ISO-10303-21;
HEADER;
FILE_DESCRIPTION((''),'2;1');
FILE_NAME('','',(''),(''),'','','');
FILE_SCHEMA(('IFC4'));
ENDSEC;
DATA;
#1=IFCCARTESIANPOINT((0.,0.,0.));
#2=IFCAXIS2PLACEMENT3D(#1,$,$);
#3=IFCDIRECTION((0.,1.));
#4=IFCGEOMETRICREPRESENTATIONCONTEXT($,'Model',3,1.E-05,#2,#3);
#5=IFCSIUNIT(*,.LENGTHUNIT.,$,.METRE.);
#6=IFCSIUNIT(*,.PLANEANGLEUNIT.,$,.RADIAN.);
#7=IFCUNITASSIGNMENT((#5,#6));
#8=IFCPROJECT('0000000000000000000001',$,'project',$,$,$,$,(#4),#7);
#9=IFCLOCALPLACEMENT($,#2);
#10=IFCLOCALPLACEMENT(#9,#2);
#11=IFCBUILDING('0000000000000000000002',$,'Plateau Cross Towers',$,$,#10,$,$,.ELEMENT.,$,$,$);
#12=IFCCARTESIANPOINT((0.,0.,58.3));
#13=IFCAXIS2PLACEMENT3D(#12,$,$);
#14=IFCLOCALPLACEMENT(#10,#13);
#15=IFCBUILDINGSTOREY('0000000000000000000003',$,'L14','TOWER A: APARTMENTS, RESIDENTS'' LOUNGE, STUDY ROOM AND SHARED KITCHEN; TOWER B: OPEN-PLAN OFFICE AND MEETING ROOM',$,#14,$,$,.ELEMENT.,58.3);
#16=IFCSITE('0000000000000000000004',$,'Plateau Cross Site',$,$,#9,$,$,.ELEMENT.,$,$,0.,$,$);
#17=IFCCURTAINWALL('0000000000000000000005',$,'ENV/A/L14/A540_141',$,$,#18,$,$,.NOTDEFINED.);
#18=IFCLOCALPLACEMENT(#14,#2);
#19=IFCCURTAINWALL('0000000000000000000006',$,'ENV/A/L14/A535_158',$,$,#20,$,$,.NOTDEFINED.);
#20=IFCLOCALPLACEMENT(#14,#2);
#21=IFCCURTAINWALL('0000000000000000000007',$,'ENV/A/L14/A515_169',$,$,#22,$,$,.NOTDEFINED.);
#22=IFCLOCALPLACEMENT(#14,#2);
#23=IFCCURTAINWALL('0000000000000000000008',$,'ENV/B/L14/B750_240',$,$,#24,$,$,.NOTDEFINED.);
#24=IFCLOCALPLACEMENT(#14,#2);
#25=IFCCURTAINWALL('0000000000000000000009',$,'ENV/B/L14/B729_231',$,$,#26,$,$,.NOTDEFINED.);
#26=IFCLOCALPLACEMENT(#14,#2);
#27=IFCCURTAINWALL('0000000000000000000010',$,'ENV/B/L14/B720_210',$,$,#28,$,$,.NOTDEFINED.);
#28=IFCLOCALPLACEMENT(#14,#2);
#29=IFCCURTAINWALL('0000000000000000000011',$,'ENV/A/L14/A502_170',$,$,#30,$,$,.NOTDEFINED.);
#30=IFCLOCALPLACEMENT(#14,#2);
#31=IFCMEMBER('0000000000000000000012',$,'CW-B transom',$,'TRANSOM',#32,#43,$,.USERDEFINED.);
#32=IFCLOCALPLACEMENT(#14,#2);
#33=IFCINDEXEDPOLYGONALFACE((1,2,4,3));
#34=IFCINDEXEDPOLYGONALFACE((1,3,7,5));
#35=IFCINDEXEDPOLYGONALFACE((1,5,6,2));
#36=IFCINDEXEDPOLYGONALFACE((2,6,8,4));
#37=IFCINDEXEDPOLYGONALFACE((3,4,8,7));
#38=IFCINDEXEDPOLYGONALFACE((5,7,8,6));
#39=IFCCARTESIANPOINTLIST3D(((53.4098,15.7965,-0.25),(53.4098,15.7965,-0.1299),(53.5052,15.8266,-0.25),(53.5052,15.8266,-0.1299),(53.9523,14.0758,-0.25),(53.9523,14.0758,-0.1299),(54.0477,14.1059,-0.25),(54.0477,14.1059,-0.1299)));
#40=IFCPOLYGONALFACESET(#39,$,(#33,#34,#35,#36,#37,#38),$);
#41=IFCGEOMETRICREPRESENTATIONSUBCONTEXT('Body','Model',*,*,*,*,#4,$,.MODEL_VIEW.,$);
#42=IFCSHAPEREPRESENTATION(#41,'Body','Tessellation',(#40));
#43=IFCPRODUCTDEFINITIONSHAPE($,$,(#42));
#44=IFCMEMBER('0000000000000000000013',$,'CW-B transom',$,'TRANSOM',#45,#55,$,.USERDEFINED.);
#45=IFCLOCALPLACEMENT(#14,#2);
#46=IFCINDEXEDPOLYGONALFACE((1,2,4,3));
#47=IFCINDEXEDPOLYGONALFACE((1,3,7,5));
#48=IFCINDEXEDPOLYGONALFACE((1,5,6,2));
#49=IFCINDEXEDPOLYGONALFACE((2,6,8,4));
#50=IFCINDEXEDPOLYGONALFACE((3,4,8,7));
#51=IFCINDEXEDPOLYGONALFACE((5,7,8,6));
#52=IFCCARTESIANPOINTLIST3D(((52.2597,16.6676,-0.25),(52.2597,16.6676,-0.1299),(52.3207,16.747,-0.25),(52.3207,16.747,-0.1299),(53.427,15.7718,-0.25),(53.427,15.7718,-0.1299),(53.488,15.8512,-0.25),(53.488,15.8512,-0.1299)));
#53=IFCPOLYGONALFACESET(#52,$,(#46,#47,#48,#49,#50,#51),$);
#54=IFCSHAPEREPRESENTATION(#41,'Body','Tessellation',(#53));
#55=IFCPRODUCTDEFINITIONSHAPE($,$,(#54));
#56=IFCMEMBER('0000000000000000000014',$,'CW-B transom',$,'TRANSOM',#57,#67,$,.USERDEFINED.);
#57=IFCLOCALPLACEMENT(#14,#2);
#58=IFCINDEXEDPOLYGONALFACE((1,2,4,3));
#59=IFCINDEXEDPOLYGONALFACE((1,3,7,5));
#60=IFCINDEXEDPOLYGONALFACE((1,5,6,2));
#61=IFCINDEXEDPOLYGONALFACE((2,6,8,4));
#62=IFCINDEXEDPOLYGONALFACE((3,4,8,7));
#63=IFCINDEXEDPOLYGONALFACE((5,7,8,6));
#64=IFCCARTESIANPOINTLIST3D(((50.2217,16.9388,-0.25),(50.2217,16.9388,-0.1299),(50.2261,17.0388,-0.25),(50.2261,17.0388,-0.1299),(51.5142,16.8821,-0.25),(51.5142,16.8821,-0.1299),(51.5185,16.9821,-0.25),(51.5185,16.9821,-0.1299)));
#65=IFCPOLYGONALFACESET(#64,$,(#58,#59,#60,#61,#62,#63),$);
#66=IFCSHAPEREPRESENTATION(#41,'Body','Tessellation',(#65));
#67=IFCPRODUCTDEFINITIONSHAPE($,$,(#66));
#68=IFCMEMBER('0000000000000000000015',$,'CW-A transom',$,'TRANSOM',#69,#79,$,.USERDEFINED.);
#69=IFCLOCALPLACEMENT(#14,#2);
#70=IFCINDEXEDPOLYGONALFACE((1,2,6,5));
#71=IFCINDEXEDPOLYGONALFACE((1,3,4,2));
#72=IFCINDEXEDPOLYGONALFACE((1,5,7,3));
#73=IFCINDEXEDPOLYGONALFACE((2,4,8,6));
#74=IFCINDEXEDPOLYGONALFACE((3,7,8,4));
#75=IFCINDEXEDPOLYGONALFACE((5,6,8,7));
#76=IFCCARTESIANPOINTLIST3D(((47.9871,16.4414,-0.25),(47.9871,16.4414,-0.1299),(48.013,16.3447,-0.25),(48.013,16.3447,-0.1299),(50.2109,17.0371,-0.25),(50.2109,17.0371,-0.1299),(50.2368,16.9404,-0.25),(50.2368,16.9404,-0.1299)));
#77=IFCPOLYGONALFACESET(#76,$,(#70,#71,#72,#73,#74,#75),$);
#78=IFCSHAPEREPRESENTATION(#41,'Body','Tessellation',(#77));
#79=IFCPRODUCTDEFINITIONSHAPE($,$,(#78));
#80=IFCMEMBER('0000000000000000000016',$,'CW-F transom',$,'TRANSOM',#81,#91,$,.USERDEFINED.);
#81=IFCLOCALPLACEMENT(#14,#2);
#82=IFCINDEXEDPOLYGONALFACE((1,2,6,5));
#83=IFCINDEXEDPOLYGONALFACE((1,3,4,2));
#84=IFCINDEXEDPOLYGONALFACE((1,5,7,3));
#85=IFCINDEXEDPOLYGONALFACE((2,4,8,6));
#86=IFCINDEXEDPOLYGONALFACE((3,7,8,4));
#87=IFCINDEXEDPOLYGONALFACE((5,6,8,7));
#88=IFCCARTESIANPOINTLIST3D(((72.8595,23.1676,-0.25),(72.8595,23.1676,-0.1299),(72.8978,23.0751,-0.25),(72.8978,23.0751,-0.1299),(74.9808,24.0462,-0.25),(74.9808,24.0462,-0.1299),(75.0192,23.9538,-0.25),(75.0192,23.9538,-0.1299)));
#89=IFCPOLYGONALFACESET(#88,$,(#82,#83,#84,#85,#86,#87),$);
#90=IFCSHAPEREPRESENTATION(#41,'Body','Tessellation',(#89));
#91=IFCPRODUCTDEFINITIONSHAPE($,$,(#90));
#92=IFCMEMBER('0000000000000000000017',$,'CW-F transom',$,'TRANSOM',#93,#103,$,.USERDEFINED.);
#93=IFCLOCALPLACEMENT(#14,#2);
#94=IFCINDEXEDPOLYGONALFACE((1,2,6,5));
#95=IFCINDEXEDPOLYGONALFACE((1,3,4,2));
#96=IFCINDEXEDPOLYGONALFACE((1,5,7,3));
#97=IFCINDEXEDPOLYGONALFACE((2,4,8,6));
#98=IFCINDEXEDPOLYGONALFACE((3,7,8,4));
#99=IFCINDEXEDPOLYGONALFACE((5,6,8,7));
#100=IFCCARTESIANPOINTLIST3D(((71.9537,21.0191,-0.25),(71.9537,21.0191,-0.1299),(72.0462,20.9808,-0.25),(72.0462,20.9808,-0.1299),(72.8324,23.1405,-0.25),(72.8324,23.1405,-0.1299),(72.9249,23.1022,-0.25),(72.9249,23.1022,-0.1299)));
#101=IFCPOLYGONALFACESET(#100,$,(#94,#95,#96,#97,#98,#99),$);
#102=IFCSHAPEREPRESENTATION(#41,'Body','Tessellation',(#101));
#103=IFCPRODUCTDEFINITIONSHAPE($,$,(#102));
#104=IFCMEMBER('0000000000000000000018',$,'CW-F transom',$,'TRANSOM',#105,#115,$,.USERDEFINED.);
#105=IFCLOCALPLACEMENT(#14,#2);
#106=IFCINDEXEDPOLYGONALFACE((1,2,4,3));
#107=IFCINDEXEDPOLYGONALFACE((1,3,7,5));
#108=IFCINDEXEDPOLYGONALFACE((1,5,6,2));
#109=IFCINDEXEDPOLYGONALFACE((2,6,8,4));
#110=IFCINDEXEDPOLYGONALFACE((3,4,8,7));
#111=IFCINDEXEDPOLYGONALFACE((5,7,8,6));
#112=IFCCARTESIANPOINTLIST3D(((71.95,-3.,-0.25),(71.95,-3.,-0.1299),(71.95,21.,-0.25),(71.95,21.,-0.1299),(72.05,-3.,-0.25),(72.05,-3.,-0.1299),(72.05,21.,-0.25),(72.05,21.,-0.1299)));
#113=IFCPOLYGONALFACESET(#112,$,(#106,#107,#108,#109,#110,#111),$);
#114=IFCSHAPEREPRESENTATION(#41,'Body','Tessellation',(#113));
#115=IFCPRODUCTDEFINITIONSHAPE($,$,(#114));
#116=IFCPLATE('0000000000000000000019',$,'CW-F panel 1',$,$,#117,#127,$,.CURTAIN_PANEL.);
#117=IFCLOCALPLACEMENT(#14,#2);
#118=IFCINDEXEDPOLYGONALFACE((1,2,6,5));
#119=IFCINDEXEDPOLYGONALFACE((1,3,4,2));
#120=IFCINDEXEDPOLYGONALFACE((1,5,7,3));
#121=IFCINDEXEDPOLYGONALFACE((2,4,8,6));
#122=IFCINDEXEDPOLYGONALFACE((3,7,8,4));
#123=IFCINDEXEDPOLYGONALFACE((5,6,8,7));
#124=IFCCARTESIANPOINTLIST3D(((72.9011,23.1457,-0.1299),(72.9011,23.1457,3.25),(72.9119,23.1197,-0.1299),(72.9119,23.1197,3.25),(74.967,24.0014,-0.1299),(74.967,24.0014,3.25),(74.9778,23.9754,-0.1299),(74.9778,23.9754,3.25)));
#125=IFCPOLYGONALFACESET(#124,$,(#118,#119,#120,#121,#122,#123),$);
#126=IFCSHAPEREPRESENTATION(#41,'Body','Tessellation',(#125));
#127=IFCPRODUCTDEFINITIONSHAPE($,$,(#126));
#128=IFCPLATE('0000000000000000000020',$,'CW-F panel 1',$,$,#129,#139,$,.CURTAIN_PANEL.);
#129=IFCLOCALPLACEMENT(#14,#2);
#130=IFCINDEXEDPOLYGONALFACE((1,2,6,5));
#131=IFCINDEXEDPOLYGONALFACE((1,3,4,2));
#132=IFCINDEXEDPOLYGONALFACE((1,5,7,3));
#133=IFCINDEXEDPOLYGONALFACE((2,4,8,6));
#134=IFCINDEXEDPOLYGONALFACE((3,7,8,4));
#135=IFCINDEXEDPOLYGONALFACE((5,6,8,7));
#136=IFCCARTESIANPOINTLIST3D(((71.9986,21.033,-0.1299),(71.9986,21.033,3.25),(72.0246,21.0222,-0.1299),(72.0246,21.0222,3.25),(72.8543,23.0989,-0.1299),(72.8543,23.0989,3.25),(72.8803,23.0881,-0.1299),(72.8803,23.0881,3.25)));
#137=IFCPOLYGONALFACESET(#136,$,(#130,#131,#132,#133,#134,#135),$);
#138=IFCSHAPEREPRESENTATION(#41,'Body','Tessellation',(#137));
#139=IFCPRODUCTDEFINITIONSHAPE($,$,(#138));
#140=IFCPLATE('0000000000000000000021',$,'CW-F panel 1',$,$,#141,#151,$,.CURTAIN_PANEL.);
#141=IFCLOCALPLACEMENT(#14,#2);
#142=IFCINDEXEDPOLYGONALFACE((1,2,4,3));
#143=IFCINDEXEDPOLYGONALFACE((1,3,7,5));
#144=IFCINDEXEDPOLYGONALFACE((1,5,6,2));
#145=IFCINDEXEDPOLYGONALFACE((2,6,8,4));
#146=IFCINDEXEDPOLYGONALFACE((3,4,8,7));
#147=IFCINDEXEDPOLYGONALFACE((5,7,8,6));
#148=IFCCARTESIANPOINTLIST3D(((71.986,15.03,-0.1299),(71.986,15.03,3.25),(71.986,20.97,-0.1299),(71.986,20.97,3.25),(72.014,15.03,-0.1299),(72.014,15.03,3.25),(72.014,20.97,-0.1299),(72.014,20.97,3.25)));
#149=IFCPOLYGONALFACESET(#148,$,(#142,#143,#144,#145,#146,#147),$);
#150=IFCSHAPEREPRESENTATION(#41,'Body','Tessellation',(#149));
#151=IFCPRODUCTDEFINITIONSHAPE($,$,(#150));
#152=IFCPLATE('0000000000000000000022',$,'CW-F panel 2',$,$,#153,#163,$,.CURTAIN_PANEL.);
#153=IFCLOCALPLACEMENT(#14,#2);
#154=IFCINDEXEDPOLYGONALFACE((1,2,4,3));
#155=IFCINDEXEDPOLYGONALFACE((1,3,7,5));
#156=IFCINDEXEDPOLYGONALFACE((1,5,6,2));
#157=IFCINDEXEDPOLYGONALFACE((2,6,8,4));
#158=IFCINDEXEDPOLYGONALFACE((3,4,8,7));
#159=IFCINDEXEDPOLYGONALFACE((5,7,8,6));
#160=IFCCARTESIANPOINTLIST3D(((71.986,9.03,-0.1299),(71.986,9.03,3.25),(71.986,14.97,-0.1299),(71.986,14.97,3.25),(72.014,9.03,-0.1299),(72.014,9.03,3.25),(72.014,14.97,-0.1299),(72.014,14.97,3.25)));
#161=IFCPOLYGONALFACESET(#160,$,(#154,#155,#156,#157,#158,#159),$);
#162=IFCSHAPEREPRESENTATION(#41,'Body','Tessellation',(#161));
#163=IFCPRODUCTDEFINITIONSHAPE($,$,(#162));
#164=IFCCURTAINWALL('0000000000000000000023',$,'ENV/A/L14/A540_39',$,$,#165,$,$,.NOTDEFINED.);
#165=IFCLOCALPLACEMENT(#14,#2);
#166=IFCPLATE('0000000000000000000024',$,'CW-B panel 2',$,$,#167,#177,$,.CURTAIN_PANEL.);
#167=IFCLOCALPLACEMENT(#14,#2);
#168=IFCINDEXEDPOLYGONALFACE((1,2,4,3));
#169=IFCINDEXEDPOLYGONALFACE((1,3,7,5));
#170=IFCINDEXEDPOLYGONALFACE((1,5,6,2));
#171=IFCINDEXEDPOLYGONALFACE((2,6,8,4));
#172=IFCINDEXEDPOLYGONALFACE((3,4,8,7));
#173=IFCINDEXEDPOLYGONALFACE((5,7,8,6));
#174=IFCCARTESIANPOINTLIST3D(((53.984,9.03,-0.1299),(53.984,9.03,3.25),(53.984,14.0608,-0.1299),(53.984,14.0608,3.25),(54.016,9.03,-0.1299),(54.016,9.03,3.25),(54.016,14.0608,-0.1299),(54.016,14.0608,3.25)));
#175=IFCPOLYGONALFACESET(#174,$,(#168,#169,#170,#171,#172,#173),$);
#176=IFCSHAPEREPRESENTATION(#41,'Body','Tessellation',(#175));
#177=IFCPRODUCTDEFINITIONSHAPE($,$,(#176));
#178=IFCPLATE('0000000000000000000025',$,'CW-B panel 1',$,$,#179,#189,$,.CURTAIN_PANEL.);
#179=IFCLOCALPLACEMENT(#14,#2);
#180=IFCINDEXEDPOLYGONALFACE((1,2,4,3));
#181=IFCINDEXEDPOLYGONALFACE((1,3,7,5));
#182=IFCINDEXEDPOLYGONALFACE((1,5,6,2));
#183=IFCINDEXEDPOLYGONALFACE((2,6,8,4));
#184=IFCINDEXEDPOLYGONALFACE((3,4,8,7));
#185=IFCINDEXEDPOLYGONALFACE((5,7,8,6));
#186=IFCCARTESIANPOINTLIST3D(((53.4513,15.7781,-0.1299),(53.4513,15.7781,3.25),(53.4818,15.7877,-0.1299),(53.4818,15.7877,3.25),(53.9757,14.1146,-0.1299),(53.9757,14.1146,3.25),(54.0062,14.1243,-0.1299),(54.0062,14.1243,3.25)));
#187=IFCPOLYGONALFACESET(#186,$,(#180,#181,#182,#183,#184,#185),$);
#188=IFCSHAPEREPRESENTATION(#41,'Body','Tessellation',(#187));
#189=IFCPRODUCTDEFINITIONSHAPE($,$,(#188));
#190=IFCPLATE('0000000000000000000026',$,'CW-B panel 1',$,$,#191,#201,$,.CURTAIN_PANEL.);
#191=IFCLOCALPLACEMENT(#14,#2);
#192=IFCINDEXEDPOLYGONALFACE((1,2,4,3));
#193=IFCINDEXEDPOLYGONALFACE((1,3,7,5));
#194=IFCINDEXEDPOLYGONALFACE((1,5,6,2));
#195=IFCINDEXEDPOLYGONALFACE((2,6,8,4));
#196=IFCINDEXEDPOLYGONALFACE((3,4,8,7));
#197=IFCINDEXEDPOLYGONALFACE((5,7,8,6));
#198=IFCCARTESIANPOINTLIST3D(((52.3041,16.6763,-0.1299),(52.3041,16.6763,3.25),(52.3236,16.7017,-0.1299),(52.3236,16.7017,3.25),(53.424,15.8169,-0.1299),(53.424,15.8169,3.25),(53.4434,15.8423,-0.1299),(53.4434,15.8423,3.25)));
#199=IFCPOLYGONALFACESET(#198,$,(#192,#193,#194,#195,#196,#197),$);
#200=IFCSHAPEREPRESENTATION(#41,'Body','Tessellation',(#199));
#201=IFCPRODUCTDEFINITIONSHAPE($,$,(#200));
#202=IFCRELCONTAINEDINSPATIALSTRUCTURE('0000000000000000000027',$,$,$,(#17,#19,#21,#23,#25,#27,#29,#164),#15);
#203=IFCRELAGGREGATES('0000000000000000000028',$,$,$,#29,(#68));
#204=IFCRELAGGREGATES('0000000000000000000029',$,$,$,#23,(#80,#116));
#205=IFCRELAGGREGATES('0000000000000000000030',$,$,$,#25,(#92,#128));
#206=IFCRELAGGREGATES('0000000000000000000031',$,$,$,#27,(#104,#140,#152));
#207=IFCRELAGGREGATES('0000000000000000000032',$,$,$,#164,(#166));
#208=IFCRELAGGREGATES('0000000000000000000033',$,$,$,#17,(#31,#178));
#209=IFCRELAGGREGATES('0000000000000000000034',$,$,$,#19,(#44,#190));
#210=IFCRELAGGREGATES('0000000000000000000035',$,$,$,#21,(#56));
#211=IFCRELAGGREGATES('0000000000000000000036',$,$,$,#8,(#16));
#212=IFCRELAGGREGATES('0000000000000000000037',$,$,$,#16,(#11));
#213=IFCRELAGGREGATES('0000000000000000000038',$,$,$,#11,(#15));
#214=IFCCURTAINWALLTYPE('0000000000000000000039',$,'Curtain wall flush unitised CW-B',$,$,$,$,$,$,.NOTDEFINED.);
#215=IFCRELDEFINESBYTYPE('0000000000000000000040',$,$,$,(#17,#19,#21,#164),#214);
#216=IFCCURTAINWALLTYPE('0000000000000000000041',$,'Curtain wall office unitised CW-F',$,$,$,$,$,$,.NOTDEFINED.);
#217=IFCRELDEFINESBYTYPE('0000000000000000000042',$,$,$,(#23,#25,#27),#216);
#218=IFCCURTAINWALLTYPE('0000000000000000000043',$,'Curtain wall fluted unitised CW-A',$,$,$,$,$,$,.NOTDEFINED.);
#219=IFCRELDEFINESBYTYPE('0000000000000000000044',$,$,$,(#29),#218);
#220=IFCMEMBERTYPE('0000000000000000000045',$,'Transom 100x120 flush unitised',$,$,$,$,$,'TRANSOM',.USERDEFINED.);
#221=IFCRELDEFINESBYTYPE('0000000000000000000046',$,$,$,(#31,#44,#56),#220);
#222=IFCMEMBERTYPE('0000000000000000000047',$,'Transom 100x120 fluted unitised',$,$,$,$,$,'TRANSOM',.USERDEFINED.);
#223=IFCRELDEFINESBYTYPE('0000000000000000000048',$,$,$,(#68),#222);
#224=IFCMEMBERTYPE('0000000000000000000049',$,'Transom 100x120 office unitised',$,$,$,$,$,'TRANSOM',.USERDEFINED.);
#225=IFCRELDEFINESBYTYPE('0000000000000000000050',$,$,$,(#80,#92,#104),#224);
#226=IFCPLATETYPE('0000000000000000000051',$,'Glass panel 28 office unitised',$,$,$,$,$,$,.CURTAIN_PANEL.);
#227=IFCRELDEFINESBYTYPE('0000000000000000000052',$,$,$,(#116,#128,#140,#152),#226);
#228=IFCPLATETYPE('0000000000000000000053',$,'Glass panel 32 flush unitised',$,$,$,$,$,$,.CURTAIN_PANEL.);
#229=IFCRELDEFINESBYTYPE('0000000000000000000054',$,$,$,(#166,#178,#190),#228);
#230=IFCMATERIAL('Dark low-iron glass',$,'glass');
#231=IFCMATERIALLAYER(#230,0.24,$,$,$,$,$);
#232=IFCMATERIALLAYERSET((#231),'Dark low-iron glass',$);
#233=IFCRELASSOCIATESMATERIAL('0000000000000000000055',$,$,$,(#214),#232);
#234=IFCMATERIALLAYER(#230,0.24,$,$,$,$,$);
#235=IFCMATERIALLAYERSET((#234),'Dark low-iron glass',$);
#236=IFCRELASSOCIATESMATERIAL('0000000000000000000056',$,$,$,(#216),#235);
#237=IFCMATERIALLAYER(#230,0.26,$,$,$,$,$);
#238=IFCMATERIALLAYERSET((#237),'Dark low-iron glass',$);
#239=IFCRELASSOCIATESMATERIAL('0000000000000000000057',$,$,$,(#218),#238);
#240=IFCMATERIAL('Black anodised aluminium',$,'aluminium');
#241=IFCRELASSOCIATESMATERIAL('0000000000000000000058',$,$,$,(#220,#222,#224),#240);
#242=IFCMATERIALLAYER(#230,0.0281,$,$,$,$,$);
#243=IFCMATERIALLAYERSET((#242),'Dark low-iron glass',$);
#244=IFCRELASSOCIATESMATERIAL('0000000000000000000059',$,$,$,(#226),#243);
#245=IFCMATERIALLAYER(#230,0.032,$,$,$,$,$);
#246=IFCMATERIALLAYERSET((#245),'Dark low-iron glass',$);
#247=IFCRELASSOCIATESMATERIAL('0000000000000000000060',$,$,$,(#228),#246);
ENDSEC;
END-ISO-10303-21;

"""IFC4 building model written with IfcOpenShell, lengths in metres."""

from ifc_helpers import new_model, si_unit, direction, frame, origin, origin_2d, place, context, subcontext, project, spatial, rectangle, extrude, material, layer, layer_set, material_profile, profile_set, type_object, element, aggregate, save


model = new_model("IFC4")

# Units and contexts
model_context = context("Model", 3, precision=1e-05, world=origin(), true_north=direction((0.0, 1.0)))
body_context = subcontext(model_context, "Body", "Model", "MODEL_VIEW")
ifc_project = project(units=[si_unit("LENGTHUNIT", "METRE"), si_unit("PLANEANGLEUNIT", "RADIAN")], contexts=[model_context])

# Site, building, storey
site_placement = place(None, origin())
site = spatial("IfcSite", under=ifc_project, at=site_placement, Name="Plateau Cross Site", CompositionType="ELEMENT", RefElevation=0.0)
building_placement = place(site_placement, origin())
building = spatial("IfcBuilding", under=site, at=building_placement, Name="Plateau Cross Towers", CompositionType="ELEMENT")
storey_placement = place(building_placement, frame((0.0, 0.0, 58.3)))
storey = spatial("IfcBuildingStorey", under=building, at=storey_placement, Name="L14", Description="TOWER A: APARTMENTS, RESIDENTS' LOUNGE, STUDY ROOM AND SHARED KITCHEN; TOWER B: OPEN-PLAN OFFICE AND MEETING ROOM", CompositionType="ELEMENT", Elevation=58.3)

# Curtain wall
ifc_material_1 = material(Name="Dark low-iron glass", Category="glass")
ifc_layer_1 = layer(ifc_material_1, 0.24)
ifc_layer_set_1 = layer_set([ifc_layer_1], Name="Dark low-iron glass")
curtain_wall_type_1 = type_object("IfcCurtainWallType", Name="Curtain wall flush unitised CW-B", PredefinedType="NOTDEFINED", material=ifc_layer_set_1)
curtain_wall_1_placement = place(storey_placement, origin())
curtain_wall_1 = element("IfcCurtainWall", 1, at=curtain_wall_1_placement, inside=storey, type_object=curtain_wall_type_1, Name="ENV/A/L14/A540_141", PredefinedType="NOTDEFINED")
ifc_material_2 = material(Name="Black anodised aluminium", Category="aluminium")

# Curtain wall
curtain_wall_2_placement = place(storey_placement, origin())
curtain_wall_2 = element("IfcCurtainWall", 2, at=curtain_wall_2_placement, inside=storey, type_object=curtain_wall_type_1, Name="ENV/A/L14/A535_158", PredefinedType="NOTDEFINED")

# Curtain walls
curtain_wall_3_placement = place(storey_placement, origin())
curtain_wall_3 = element("IfcCurtainWall", 3, at=curtain_wall_3_placement, inside=storey, type_object=curtain_wall_type_1, Name="ENV/A/L14/A515_169", PredefinedType="NOTDEFINED")
ifc_layer_2 = layer(ifc_material_1, 0.24)
ifc_layer_set_2 = layer_set([ifc_layer_2], Name="Dark low-iron glass")
curtain_wall_type_2 = type_object("IfcCurtainWallType", Name="Curtain wall office unitised CW-F", PredefinedType="NOTDEFINED", material=ifc_layer_set_2)
curtain_wall_4_placement = place(storey_placement, origin())
curtain_wall_4 = element("IfcCurtainWall", 4, at=curtain_wall_4_placement, inside=storey, type_object=curtain_wall_type_2, Name="ENV/B/L14/B750_240", PredefinedType="NOTDEFINED")
curtain_wall_5_placement = place(storey_placement, origin())
curtain_wall_5 = element("IfcCurtainWall", 5, at=curtain_wall_5_placement, inside=storey, type_object=curtain_wall_type_2, Name="ENV/B/L14/B729_231", PredefinedType="NOTDEFINED")

# Curtain wall
curtain_wall_6_placement = place(storey_placement, origin())
curtain_wall_6 = element("IfcCurtainWall", 6, at=curtain_wall_6_placement, inside=storey, type_object=curtain_wall_type_2, Name="ENV/B/L14/B720_210", PredefinedType="NOTDEFINED")

# Curtain wall
ifc_layer_3 = layer(ifc_material_1, 0.26)
ifc_layer_set_3 = layer_set([ifc_layer_3], Name="Dark low-iron glass")
curtain_wall_type_3 = type_object("IfcCurtainWallType", Name="Curtain wall fluted unitised CW-A", PredefinedType="NOTDEFINED", material=ifc_layer_set_3)
curtain_wall_7_placement = place(storey_placement, origin())
curtain_wall_7 = element("IfcCurtainWall", 7, at=curtain_wall_7_placement, inside=storey, type_object=curtain_wall_type_3, Name="ENV/A/L14/A502_170", PredefinedType="NOTDEFINED")

# Members
ifc_material_profile_1 = material_profile(ifc_material_2, rectangle(XDim=0.1001, YDim=0.1201, at=origin_2d()), Name="TRANSOM 100x120")
ifc_profile_set_1 = profile_set([ifc_material_profile_1], Name="Black anodised aluminium")
member_type_1 = type_object("IfcMemberType", Name="Transom 100x120 flush unitised", ElementType="TRANSOM", PredefinedType="USERDEFINED", material=ifc_profile_set_1)
member_1_placement = place(storey_placement, frame((54.0, 14.0908, -0.1899), z_axis=(-0.300678, 0.953726, 0.0), x_axis=(-0.953726, -0.300678, 0.0)))
member_1 = element("IfcMember", 8, at=member_1_placement, type_object=member_type_1, Name="CW-B transom", ObjectType="TRANSOM", PredefinedType="USERDEFINED", context=body_context, shape_type="SweptSolid", body=[
    extrude(rectangle(XDim=0.1001, YDim=0.1201, at=origin_2d()), origin(), (0.0, 0.0, 1.0), 1.8042),
])
member_2_placement = place(storey_placement, frame((53.4575, 15.8115, -0.1899), z_axis=(-0.793321, 0.608804, 0.0), x_axis=(-0.608804, -0.793321, 0.0)))
member_2 = element("IfcMember", 9, at=member_2_placement, type_object=member_type_1, Name="CW-B transom", ObjectType="TRANSOM", PredefinedType="USERDEFINED", context=body_context, shape_type="SweptSolid", body=[
    extrude(rectangle(XDim=0.1001, YDim=0.1201, at=origin_2d()), origin(), (0.0, 0.0, 1.0), 1.4714),
])
member_3_placement = place(storey_placement, frame((51.5164, 16.9321, -0.1899), z_axis=(-0.999041, 0.043781, 0.0), x_axis=(-0.043781, -0.999041, 0.0)))
member_3 = element("IfcMember", 10, at=member_3_placement, type_object=member_type_1, Name="CW-B transom", ObjectType="TRANSOM", PredefinedType="USERDEFINED", context=body_context, shape_type="SweptSolid", body=[
    extrude(rectangle(XDim=0.1001, YDim=0.1201, at=origin_2d()), origin(), (0.0, 0.0, 1.0), 1.2937),
])
ifc_material_profile_2 = material_profile(ifc_material_2, rectangle(XDim=0.1001, YDim=0.1201, at=origin_2d()), Name="TRANSOM 100x120")
ifc_profile_set_2 = profile_set([ifc_material_profile_2], Name="Black anodised aluminium")
member_type_2 = type_object("IfcMemberType", Name="Transom 100x120 fluted unitised", ElementType="TRANSOM", PredefinedType="USERDEFINED", material=ifc_profile_set_2)
member_4_placement = place(storey_placement, frame((50.2239, 16.9888, -0.1899), z_axis=(-0.965946, -0.258745, 0.0), x_axis=(0.258745, -0.965946, 0.0)))
member_4 = element("IfcMember", 11, at=member_4_placement, type_object=member_type_2, Name="CW-A transom", ObjectType="TRANSOM", PredefinedType="USERDEFINED", context=body_context, shape_type="SweptSolid", body=[
    extrude(rectangle(XDim=0.1001, YDim=0.1201, at=origin_2d()), origin(), (0.0, 0.0, 1.0), 2.3022),
])
aggregate(curtain_wall_7, [member_4])
ifc_material_profile_3 = material_profile(ifc_material_2, rectangle(XDim=0.1001, YDim=0.1201, at=origin_2d()), Name="TRANSOM 100x120")
ifc_profile_set_3 = profile_set([ifc_material_profile_3], Name="Black anodised aluminium")
member_type_3 = type_object("IfcMemberType", Name="Transom 100x120 office unitised", ElementType="TRANSOM", PredefinedType="USERDEFINED", material=ifc_profile_set_3)
member_5_placement = place(storey_placement, frame((75.0, 24.0, -0.1899), z_axis=(-0.923883, -0.382674, 0.0), x_axis=(0.382674, -0.923883, 0.0)))
member_5 = element("IfcMember", 12, at=member_5_placement, type_object=member_type_3, Name="CW-F transom", ObjectType="TRANSOM", PredefinedType="USERDEFINED", context=body_context, shape_type="SweptSolid", body=[
    extrude(rectangle(XDim=0.1001, YDim=0.1201, at=origin_2d()), origin(), (0.0, 0.0, 1.0), 2.2961),
])
member_6_placement = place(storey_placement, frame((72.8787, 23.1213, -0.1899), z_axis=(-0.382674, -0.923883, 0.0), x_axis=(0.923883, -0.382674, 0.0)))
member_6 = element("IfcMember", 13, at=member_6_placement, type_object=member_type_3, Name="CW-F transom", ObjectType="TRANSOM", PredefinedType="USERDEFINED", context=body_context, shape_type="SweptSolid", body=[
    extrude(rectangle(XDim=0.1001, YDim=0.1201, at=origin_2d()), origin(), (0.0, 0.0, 1.0), 2.2961),
])
member_7_placement = place(storey_placement, frame((72.0, 21.0, -0.1899), z_axis=(0.0, -1.0, 0.0), x_axis=(1.0, 0.0, 0.0)))
member_7 = element("IfcMember", 14, at=member_7_placement, type_object=member_type_3, Name="CW-F transom", ObjectType="TRANSOM", PredefinedType="USERDEFINED", context=body_context, shape_type="SweptSolid", body=[
    extrude(rectangle(XDim=0.1001, YDim=0.1201, at=origin_2d()), origin(), (0.0, 0.0, 1.0), 24.0),
])

# Plates
ifc_layer_4 = layer(ifc_material_1, 0.0281)
ifc_layer_set_4 = layer_set([ifc_layer_4], Name="Dark low-iron glass")
plate_type_1 = type_object("IfcPlateType", Name="Glass panel 28 office unitised", PredefinedType="CURTAIN_PANEL", material=ifc_layer_set_4)
plate_1_placement = place(storey_placement, frame((73.9395, 23.5605, -0.1299), z_axis=(0.0, 0.0, 1.0), x_axis=(-0.923879, -0.382684, 0.0)))
plate_1 = element("IfcPlate", 15, at=plate_1_placement, type_object=plate_type_1, Name="CW-F panel 1", PredefinedType="CURTAIN_PANEL", context=body_context, shape_type="SweptSolid", body=[
    extrude(rectangle(XDim=2.2361, YDim=0.0281, at=origin_2d()), origin(), (0.0, 0.0, 1.0), 3.3799),
])
aggregate(curtain_wall_4, [member_5, plate_1])
plate_2_placement = place(storey_placement, frame((72.4395, 22.0605, -0.1299), z_axis=(0.0, 0.0, 1.0), x_axis=(-0.382684, -0.923879, 0.0)))
plate_2 = element("IfcPlate", 16, at=plate_2_placement, type_object=plate_type_1, Name="CW-F panel 1", PredefinedType="CURTAIN_PANEL", context=body_context, shape_type="SweptSolid", body=[
    extrude(rectangle(XDim=2.2361, YDim=0.0281, at=origin_2d()), origin(), (0.0, 0.0, 1.0), 3.3799),
])
aggregate(curtain_wall_5, [member_6, plate_2])
plate_3_placement = place(storey_placement, frame((72.0, 18.0, -0.1299), z_axis=(0.0, 0.0, 1.0), x_axis=(0.0, -1.0, 0.0)))
plate_3 = element("IfcPlate", 17, at=plate_3_placement, type_object=plate_type_1, Name="CW-F panel 1", PredefinedType="CURTAIN_PANEL", context=body_context, shape_type="SweptSolid", body=[
    extrude(rectangle(XDim=5.9399, YDim=0.0281, at=origin_2d()), origin(), (0.0, 0.0, 1.0), 3.3799),
])
plate_4_placement = place(storey_placement, frame((72.0, 12.0, -0.1299), z_axis=(0.0, 0.0, 1.0), x_axis=(0.0, -1.0, 0.0)))
plate_4 = element("IfcPlate", 18, at=plate_4_placement, type_object=plate_type_1, Name="CW-F panel 2", PredefinedType="CURTAIN_PANEL", context=body_context, shape_type="SweptSolid", body=[
    extrude(rectangle(XDim=5.9399, YDim=0.0281, at=origin_2d()), origin(), (0.0, 0.0, 1.0), 3.3799),
])
aggregate(curtain_wall_6, [member_7, plate_3, plate_4])

# Curtain wall, plate
curtain_wall_8_placement = place(storey_placement, origin())
curtain_wall_8 = element("IfcCurtainWall", 19, at=curtain_wall_8_placement, inside=storey, type_object=curtain_wall_type_1, Name="ENV/A/L14/A540_39", PredefinedType="NOTDEFINED")
ifc_layer_5 = layer(ifc_material_1, 0.032)
ifc_layer_set_5 = layer_set([ifc_layer_5], Name="Dark low-iron glass")
plate_type_2 = type_object("IfcPlateType", Name="Glass panel 32 flush unitised", PredefinedType="CURTAIN_PANEL", material=ifc_layer_set_5)
plate_5_placement = place(storey_placement, frame((54.0, 11.5454, -0.1299), z_axis=(0.0, 0.0, 1.0), x_axis=(0.0, 1.0, 0.0)))
plate_5 = element("IfcPlate", 20, at=plate_5_placement, type_object=plate_type_2, Name="CW-B panel 2", PredefinedType="CURTAIN_PANEL", context=body_context, shape_type="SweptSolid", body=[
    extrude(rectangle(XDim=5.0308, YDim=0.032, at=origin_2d()), origin(), (0.0, 0.0, 1.0), 3.3799),
])
aggregate(curtain_wall_8, [plate_5])

# Plates
plate_6_placement = place(storey_placement, frame((53.7288, 14.9512, -0.1299), z_axis=(0.0, 0.0, 1.0), x_axis=(-0.300686, 0.953723, 0.0)))
plate_6 = element("IfcPlate", 21, at=plate_6_placement, type_object=plate_type_2, Name="CW-B panel 1", PredefinedType="CURTAIN_PANEL", context=body_context, shape_type="SweptSolid", body=[
    extrude(rectangle(XDim=1.7441, YDim=0.032, at=origin_2d()), origin(), (0.0, 0.0, 1.0), 3.3799),
])
aggregate(curtain_wall_1, [member_1, plate_6])
plate_7_placement = place(storey_placement, frame((52.8738, 16.2593, -0.1299), z_axis=(0.0, 0.0, 1.0), x_axis=(-0.793316, 0.608811, 0.0)))
plate_7 = element("IfcPlate", 22, at=plate_7_placement, type_object=plate_type_2, Name="CW-B panel 1", PredefinedType="CURTAIN_PANEL", context=body_context, shape_type="SweptSolid", body=[
    extrude(rectangle(XDim=1.4116, YDim=0.032, at=origin_2d()), origin(), (0.0, 0.0, 1.0), 3.3799),
])
aggregate(curtain_wall_2, [member_2, plate_7])
aggregate(curtain_wall_3, [member_3])

save(model, "model.ifc")
